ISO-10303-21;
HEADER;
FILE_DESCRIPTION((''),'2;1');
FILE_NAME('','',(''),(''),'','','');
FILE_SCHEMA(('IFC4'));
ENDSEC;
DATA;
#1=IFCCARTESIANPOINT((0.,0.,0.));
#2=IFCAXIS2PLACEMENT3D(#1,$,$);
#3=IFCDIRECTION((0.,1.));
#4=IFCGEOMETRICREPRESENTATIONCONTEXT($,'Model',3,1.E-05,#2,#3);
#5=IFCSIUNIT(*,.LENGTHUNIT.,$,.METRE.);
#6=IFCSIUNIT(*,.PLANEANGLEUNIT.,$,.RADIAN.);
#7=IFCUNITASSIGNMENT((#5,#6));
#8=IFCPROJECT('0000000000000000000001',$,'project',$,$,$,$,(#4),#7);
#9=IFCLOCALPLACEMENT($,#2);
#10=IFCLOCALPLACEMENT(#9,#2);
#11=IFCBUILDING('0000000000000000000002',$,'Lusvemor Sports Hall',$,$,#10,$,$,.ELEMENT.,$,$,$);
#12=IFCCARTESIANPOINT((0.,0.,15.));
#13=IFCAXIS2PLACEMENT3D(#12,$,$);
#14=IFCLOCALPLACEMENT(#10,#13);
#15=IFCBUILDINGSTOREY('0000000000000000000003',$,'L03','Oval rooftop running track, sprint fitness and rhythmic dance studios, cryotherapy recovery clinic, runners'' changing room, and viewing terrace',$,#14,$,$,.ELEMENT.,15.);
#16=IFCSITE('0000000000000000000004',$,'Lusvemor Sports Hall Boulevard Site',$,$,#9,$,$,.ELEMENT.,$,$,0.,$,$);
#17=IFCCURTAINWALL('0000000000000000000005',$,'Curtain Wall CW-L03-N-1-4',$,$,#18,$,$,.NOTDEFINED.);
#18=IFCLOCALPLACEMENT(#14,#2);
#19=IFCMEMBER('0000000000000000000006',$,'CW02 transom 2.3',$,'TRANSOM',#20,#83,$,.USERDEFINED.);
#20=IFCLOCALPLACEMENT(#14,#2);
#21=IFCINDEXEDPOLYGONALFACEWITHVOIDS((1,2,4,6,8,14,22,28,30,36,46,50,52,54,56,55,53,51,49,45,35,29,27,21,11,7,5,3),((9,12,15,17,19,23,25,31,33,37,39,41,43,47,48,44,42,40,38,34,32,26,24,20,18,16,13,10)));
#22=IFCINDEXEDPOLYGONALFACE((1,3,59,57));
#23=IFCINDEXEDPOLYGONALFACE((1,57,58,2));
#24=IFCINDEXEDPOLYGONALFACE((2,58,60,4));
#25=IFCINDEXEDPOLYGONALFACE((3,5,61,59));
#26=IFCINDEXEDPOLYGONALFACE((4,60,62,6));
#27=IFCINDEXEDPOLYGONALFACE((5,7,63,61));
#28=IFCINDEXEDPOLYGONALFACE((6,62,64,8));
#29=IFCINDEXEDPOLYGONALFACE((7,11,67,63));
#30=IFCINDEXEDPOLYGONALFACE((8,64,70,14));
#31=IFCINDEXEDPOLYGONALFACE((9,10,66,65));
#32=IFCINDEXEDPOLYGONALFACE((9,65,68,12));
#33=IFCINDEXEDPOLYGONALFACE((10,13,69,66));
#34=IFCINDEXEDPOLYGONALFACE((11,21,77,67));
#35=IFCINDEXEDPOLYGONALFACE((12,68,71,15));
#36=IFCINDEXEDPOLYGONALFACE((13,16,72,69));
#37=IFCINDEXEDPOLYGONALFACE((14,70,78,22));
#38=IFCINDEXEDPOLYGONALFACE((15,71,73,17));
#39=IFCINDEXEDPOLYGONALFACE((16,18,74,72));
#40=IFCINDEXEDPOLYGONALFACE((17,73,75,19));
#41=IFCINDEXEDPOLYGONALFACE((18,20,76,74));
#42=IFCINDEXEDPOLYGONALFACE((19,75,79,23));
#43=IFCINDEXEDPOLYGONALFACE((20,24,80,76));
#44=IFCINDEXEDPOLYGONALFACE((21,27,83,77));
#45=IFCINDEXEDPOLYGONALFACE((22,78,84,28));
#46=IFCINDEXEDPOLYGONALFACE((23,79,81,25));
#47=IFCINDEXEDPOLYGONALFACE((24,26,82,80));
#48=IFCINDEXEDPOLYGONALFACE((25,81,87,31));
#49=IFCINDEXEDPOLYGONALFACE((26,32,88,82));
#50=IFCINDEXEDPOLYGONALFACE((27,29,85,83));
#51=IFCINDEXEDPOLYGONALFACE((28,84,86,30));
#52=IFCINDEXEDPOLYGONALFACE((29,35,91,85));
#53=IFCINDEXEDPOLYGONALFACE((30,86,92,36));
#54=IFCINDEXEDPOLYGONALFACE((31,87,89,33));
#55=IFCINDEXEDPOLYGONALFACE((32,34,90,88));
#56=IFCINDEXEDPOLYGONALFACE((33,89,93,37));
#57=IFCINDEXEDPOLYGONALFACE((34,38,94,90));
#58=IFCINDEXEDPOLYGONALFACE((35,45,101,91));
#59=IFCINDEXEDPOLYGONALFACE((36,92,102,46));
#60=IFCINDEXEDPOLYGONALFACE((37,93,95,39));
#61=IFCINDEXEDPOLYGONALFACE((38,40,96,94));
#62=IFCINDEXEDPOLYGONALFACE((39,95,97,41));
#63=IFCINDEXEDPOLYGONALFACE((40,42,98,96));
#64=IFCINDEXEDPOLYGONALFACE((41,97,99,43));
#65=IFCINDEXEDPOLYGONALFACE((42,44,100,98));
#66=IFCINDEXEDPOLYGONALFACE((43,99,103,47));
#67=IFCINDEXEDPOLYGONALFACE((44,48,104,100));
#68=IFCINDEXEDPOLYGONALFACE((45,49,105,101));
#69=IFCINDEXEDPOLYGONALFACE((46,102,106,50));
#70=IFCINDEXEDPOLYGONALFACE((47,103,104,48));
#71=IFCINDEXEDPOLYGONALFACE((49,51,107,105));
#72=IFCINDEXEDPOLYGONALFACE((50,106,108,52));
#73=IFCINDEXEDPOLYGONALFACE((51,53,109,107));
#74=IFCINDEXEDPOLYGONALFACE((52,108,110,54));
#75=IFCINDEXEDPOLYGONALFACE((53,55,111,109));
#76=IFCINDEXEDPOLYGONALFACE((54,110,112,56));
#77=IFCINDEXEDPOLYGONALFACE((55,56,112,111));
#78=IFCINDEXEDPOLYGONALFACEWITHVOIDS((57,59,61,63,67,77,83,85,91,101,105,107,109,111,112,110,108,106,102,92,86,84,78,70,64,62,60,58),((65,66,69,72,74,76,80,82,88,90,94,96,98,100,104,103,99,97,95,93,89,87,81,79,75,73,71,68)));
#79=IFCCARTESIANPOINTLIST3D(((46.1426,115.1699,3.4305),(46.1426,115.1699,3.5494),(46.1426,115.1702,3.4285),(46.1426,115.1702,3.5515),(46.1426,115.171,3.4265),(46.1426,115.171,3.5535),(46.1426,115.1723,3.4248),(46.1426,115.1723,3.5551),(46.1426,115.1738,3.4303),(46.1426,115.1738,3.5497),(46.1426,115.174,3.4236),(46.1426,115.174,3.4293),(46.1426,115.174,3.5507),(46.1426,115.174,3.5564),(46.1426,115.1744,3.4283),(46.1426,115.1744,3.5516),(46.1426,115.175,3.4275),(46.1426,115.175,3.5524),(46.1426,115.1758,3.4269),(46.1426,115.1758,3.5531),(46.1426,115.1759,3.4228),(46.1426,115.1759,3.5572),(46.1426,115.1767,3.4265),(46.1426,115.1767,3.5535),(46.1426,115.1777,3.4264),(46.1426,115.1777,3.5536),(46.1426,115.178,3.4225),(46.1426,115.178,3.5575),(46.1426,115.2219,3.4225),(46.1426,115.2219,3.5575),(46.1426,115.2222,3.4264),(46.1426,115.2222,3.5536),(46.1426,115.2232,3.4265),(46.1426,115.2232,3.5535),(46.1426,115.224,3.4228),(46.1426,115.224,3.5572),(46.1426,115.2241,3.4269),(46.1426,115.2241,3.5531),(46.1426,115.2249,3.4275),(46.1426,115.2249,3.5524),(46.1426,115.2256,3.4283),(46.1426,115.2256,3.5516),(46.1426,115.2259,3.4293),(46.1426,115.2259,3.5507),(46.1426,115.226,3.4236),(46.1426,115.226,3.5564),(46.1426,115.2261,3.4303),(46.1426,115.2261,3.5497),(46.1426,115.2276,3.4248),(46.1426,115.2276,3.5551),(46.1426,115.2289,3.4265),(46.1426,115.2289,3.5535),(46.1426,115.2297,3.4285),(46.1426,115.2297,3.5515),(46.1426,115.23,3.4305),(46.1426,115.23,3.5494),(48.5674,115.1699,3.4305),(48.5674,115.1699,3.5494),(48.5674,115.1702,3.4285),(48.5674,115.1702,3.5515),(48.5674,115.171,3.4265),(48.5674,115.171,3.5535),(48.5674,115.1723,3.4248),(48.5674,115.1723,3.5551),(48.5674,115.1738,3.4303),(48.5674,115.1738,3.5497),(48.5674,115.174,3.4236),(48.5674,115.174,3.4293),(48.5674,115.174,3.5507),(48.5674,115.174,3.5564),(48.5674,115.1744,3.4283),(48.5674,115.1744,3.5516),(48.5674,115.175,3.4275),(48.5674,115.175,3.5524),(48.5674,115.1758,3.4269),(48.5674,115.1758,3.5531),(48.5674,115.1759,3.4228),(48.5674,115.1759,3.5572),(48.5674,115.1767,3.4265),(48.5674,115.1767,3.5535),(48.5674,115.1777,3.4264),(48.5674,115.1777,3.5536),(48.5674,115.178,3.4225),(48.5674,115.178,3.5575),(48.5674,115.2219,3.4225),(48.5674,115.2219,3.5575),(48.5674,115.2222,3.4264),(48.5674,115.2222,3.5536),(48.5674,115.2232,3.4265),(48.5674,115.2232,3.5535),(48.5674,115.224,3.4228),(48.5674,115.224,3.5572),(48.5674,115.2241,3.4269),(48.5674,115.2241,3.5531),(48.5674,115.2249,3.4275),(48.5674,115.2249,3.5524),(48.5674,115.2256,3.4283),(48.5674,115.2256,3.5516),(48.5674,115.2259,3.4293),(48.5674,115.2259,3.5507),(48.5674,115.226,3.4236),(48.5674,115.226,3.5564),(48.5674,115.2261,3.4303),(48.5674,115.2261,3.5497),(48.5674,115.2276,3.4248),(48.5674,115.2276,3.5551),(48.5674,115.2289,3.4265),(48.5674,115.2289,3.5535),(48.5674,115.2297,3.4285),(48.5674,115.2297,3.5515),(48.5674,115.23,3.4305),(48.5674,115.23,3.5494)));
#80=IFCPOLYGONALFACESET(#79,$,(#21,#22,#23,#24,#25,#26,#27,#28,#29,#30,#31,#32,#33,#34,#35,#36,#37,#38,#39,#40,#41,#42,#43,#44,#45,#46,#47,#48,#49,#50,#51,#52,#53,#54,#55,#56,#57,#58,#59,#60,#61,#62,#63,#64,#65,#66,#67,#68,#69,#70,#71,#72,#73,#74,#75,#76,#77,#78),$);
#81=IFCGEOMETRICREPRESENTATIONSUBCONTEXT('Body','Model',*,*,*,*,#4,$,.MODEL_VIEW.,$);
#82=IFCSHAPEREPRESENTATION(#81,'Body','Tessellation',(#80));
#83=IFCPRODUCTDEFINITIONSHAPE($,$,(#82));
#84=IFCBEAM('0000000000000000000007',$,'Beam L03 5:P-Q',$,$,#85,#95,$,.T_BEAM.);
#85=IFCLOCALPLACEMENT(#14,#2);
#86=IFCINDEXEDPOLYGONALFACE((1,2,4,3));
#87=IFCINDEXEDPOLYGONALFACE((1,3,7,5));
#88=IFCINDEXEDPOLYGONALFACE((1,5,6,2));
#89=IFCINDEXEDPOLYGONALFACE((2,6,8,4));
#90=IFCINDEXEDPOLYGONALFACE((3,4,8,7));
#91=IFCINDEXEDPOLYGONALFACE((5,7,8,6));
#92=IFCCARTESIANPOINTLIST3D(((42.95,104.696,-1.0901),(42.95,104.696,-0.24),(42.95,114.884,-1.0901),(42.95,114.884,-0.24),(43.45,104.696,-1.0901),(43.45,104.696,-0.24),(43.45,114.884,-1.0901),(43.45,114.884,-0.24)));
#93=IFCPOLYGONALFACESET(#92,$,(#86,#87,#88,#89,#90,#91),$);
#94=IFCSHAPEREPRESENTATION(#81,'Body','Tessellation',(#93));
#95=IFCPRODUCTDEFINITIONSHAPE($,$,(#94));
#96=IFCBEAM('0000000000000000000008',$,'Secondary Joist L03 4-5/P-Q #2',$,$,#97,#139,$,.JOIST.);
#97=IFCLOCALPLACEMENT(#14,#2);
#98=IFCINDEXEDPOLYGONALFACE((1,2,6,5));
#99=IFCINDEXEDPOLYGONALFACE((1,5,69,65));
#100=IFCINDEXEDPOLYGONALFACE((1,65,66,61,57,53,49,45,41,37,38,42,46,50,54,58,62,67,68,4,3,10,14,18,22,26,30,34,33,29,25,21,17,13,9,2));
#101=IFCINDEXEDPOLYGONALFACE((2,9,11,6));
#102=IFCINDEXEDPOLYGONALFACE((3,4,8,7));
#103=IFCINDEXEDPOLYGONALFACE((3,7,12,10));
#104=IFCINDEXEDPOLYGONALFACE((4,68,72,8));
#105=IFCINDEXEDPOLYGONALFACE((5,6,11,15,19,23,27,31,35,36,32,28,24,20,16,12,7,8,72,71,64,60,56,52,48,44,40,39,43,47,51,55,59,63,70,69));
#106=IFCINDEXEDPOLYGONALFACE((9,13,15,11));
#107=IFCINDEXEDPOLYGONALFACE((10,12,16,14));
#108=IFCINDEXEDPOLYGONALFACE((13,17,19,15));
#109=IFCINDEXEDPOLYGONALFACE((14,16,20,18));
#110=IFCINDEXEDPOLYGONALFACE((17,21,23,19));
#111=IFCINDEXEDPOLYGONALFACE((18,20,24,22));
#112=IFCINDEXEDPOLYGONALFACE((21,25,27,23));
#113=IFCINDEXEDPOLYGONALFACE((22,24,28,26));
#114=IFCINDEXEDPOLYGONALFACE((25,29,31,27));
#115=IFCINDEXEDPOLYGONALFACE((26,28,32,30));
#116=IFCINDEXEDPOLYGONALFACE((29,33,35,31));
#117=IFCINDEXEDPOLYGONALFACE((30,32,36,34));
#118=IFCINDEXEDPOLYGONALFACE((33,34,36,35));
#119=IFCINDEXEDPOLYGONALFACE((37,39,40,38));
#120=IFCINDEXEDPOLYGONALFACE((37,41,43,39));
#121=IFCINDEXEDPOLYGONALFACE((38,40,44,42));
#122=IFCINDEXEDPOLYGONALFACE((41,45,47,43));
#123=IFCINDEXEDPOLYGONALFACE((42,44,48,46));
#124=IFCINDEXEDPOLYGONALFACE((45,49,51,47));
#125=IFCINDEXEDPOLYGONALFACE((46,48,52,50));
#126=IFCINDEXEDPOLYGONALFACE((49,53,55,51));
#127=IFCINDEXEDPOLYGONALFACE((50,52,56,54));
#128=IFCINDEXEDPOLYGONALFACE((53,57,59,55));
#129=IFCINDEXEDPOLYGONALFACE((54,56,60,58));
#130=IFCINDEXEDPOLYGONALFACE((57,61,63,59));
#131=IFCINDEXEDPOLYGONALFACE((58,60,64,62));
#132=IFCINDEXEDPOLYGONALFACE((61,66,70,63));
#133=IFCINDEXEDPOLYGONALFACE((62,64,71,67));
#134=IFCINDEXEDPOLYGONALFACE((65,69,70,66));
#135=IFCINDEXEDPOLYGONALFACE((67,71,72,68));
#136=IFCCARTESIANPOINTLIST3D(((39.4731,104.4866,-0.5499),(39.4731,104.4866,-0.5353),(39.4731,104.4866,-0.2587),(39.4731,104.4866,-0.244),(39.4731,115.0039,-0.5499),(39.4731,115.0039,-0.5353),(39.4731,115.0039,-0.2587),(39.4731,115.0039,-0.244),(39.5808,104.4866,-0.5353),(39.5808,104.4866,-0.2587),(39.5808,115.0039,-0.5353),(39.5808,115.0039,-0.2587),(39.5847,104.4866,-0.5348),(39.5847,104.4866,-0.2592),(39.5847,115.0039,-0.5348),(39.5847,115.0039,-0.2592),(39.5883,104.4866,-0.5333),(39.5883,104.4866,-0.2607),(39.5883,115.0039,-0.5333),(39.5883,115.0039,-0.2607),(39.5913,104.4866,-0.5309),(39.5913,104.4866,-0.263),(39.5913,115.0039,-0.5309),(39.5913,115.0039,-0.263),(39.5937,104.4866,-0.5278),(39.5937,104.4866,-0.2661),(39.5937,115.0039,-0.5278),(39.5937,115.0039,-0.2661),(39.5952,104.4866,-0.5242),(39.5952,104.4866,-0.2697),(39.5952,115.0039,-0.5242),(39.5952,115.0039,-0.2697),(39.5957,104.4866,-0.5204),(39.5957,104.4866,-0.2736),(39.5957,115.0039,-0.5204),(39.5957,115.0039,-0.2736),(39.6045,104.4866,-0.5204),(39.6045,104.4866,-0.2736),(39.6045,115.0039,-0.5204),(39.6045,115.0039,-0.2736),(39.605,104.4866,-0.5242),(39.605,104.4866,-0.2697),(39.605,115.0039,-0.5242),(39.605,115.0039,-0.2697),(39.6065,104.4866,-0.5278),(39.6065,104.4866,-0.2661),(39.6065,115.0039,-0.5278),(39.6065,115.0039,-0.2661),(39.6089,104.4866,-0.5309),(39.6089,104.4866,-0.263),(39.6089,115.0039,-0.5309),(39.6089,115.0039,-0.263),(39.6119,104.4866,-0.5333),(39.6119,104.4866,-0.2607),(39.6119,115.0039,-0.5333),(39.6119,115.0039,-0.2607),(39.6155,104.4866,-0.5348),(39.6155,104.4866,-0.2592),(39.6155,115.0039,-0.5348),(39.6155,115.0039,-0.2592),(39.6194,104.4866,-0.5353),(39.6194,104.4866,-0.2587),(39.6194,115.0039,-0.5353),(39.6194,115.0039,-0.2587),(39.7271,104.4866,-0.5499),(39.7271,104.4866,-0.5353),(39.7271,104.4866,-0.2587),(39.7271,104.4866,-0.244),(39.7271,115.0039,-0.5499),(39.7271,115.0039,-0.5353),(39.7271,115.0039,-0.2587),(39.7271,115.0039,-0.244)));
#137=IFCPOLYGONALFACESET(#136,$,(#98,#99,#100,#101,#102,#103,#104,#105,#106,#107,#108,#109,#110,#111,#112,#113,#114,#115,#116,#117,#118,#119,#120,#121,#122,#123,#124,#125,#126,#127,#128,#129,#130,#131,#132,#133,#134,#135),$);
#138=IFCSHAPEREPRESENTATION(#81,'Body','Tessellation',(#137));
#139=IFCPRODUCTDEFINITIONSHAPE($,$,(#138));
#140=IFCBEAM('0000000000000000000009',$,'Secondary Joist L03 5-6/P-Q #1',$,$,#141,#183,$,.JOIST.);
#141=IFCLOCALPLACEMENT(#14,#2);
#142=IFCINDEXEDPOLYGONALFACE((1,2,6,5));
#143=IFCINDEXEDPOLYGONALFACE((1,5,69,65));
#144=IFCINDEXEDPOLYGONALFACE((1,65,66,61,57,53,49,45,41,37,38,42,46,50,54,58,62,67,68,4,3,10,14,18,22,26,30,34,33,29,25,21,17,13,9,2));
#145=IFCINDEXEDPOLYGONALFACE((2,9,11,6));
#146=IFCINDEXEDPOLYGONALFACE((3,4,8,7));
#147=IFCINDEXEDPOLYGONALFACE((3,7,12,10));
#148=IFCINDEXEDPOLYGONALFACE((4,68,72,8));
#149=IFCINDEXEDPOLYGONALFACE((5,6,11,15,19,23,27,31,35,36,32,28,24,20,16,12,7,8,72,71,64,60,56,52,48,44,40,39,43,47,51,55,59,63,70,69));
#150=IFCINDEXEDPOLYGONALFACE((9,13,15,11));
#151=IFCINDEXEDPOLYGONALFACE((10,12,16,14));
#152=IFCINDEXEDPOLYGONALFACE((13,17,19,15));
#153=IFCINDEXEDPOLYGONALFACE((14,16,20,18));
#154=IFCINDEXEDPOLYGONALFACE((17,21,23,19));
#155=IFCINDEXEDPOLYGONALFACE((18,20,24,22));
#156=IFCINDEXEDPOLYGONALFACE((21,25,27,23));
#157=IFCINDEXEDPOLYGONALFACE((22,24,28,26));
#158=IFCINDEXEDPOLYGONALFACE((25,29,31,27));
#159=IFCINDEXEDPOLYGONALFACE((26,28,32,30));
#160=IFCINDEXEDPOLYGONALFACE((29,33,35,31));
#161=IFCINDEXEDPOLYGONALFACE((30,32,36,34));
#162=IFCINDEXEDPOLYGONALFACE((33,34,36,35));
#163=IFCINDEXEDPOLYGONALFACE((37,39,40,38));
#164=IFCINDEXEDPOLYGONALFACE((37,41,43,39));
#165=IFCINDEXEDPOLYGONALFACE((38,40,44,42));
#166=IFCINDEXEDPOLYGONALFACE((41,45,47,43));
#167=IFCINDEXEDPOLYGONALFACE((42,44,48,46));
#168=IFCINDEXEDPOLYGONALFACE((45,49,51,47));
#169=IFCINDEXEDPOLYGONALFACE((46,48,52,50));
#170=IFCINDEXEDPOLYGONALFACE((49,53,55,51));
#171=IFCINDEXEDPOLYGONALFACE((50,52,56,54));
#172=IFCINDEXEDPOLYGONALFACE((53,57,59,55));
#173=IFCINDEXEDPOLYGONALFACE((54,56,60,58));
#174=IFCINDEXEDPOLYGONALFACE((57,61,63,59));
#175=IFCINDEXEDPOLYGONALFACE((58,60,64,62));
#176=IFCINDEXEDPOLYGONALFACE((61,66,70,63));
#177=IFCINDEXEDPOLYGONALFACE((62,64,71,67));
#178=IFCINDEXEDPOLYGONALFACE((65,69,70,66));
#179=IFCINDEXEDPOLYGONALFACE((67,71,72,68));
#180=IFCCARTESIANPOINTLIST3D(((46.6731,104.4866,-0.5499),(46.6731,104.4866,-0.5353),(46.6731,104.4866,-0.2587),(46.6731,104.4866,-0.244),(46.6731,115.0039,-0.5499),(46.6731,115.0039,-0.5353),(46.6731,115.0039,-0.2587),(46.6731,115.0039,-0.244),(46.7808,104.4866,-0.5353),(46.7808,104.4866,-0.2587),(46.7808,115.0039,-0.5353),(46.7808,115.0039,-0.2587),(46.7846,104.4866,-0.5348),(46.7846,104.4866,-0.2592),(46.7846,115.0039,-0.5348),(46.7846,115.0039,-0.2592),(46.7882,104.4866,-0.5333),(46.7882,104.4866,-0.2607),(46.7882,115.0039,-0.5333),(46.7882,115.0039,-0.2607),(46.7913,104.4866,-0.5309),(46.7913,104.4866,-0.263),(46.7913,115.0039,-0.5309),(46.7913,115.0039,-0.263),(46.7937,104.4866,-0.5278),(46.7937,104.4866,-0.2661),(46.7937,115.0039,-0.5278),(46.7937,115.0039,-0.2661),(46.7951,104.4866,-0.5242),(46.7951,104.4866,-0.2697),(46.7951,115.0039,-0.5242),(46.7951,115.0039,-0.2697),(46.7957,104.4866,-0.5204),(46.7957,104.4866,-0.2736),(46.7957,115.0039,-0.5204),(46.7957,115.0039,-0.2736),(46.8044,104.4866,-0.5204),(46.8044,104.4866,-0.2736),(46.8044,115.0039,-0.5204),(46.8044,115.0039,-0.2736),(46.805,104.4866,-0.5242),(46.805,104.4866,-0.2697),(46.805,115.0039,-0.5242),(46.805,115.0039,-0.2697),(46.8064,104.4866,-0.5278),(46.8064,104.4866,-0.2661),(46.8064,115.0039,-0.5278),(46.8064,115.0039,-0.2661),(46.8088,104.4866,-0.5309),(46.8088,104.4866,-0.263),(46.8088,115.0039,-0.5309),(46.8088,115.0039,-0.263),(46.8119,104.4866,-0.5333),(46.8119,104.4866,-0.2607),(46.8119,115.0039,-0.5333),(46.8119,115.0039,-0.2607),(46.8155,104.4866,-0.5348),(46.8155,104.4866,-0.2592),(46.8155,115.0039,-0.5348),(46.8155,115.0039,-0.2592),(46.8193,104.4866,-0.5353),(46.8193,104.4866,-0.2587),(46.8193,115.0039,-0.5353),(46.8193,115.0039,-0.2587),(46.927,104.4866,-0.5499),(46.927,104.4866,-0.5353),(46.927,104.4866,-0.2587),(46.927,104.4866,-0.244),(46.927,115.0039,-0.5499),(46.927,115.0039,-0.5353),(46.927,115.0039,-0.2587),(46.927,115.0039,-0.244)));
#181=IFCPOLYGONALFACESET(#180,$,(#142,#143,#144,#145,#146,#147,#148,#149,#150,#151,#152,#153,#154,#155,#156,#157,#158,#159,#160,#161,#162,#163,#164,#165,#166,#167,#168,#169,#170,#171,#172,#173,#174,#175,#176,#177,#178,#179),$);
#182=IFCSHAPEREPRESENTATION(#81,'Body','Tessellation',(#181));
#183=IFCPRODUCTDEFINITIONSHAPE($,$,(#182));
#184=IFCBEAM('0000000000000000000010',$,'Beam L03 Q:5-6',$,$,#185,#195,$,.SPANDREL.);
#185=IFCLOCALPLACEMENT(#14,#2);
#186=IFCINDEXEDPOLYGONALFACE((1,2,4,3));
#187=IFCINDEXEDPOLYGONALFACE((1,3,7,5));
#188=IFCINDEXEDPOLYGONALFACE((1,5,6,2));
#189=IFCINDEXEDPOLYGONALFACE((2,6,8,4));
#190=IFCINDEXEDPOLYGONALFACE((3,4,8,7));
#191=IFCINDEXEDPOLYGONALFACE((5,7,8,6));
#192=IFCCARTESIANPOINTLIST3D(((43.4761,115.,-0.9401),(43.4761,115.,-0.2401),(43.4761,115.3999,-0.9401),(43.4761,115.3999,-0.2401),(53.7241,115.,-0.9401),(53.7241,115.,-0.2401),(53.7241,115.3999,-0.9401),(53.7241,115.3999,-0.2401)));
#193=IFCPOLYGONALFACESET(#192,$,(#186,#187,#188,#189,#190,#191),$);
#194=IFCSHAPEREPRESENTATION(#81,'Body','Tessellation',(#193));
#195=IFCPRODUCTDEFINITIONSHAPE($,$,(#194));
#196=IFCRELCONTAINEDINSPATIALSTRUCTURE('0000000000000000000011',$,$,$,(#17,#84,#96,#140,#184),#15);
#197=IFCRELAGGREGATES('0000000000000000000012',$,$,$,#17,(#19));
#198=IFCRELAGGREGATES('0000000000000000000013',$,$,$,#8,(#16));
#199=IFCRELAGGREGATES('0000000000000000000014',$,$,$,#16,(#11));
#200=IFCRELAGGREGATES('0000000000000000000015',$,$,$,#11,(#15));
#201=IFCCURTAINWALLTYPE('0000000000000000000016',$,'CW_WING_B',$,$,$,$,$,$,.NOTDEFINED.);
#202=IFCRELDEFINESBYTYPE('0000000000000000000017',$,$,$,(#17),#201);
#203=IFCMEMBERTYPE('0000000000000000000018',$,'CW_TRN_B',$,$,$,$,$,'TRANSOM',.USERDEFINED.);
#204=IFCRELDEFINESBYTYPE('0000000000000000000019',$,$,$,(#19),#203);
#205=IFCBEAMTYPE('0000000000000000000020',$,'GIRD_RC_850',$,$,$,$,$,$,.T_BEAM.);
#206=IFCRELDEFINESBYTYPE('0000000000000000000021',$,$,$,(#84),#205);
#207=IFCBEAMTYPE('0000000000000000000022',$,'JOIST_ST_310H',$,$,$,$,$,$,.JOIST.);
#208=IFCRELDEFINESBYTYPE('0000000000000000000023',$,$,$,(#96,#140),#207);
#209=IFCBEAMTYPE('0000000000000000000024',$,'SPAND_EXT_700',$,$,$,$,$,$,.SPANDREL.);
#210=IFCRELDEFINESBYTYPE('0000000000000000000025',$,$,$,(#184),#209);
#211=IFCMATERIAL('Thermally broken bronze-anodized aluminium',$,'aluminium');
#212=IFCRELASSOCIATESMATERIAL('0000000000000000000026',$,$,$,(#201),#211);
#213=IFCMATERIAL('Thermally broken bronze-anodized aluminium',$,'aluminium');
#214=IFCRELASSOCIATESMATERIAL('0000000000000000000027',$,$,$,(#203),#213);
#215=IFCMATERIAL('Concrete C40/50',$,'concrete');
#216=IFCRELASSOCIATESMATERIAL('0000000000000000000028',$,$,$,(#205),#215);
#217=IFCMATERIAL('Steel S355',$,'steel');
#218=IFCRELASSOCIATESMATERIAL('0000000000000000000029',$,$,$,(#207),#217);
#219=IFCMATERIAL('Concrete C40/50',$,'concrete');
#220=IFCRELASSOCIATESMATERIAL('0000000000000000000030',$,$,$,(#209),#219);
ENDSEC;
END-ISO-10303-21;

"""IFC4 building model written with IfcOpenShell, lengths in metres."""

from ifc_helpers import new_model, si_unit, direction, frame, origin, origin_2d, place, context, subcontext, project, spatial, rectangle, hollow_rectangle, i_section, extrude, material, material_profile, profile_set, type_object, element, aggregate, save


model = new_model("IFC4")

# Units and contexts
model_context = context("Model", 3, precision=1e-05, world=origin(), true_north=direction((0.0, 1.0)))
body_context = subcontext(model_context, "Body", "Model", "MODEL_VIEW")
ifc_project = project(units=[si_unit("LENGTHUNIT", "METRE"), si_unit("PLANEANGLEUNIT", "RADIAN")], contexts=[model_context])

# Site, building, storey
site_placement = place(None, origin())
site = spatial("IfcSite", under=ifc_project, at=site_placement, Name="Lusvemor Sports Hall Boulevard Site", CompositionType="ELEMENT", RefElevation=0.0)
building_placement = place(site_placement, origin())
building = spatial("IfcBuilding", under=site, at=building_placement, Name="Lusvemor Sports Hall", CompositionType="ELEMENT")
storey_placement = place(building_placement, frame((0.0, 0.0, 15.0)))
storey = spatial("IfcBuildingStorey", under=building, at=storey_placement, Name="L03", Description="Oval rooftop running track, sprint fitness and rhythmic dance studios, cryotherapy recovery clinic, runners' changing room, and viewing terrace", CompositionType="ELEMENT", Elevation=15.0)

# Curtain wall
ifc_material_1 = material(Name="Thermally broken bronze-anodized aluminium", Category="aluminium")
curtain_wall_type = type_object("IfcCurtainWallType", Name="CW_WING_B", PredefinedType="NOTDEFINED", material=ifc_material_1)
curtain_wall_1_placement = place(storey_placement, origin())
curtain_wall_1 = element("IfcCurtainWall", 1, at=curtain_wall_1_placement, inside=storey, type_object=curtain_wall_type, Name="Curtain Wall CW-L03-N-1-4", PredefinedType="NOTDEFINED")

# Member
ifc_material_2 = material(Name="Thermally broken bronze-anodized aluminium", Category="aluminium")
ifc_material_profile_1 = material_profile(ifc_material_2, hollow_rectangle(XDim=0.0601, YDim=0.135, WallThickness=0.0039, InnerFilletRadius=0.0039, OuterFilletRadius=0.0081, at=origin_2d()), Name="CWTRN135x60x4")
ifc_profile_set_1 = profile_set([ifc_material_profile_1], Name="Thermally broken bronze-anodized aluminium")
member_type_1 = type_object("IfcMemberType", Name="CW_TRN_B", ElementType="TRANSOM", PredefinedType="USERDEFINED", material=ifc_profile_set_1)
member_1_placement = place(storey_placement, frame((46.1426, 115.2, 3.49), z_axis=(1.0, 0.0, 0.0), x_axis=(0.0, 1.0, 0.0)))
member_1 = element("IfcMember", 2, at=member_1_placement, type_object=member_type_1, Name="CW02 transom 2.3", ObjectType="TRANSOM", PredefinedType="USERDEFINED", context=body_context, shape_type="SweptSolid", body=[
    extrude(hollow_rectangle(XDim=0.0601, YDim=0.135, WallThickness=0.0039, InnerFilletRadius=0.0039, OuterFilletRadius=0.0081, at=origin_2d()), origin(), (0.0, 0.0, 1.0), 2.4248),
])

# Beams
ifc_material_3 = material(Name="Concrete C40/50", Category="concrete")
ifc_material_profile_2 = material_profile(ifc_material_3, rectangle(XDim=0.5, YDim=0.8501, at=origin_2d()), Name="RC500x850")
ifc_profile_set_2 = profile_set([ifc_material_profile_2], Name="Concrete C40/50")
beam_type_1 = type_object("IfcBeamType", Name="GIRD_RC_850", PredefinedType="T_BEAM", material=ifc_profile_set_2)
beam_1_placement = place(storey_placement, frame((43.2, 104.696, -0.665), z_axis=(0.0, 1.0, 0.0), x_axis=(-1.0, 0.0, 0.0)))
element("IfcBeam", 3, at=beam_1_placement, inside=storey, type_object=beam_type_1, Name="Beam L03 5:P-Q", PredefinedType="T_BEAM", context=body_context, shape_type="SweptSolid", body=[
    extrude(rectangle(XDim=0.5, YDim=0.8501, at=origin_2d()), origin(), (0.0, 0.0, 1.0), 10.188),
])
ifc_material_4 = material(Name="Steel S355", Category="steel")
ifc_material_profile_3 = material_profile(ifc_material_4, i_section(OverallWidth=0.2539, OverallDepth=0.3059, WebThickness=0.0088, FlangeThickness=0.0146, FilletRadius=0.0149, at=origin_2d()), Name="W310x79.0")
ifc_profile_set_3 = profile_set([ifc_material_profile_3], Name="Steel S355")
beam_type_2 = type_object("IfcBeamType", Name="JOIST_ST_310H", PredefinedType="JOIST", material=ifc_profile_set_3)
for number, where, z_axis, x_axis, name in (
    (4, (39.6001, 104.4866, -0.397), (0.0, 1.0, 0.0), (-1.0, 0.0, 0.0), "Secondary Joist L03 4-5/P-Q #2"),
    (5, (46.8, 104.4866, -0.397), (0.0, 1.0, 0.0), (-1.0, 0.0, 0.0), "Secondary Joist L03 5-6/P-Q #1"),
):
    element("IfcBeam", number, at=place(storey_placement, frame(where, z_axis=z_axis, x_axis=x_axis)), inside=storey, type_object=beam_type_2, Name=name, PredefinedType="JOIST", context=body_context, shape_type="SweptSolid", body=[
        extrude(i_section(OverallWidth=0.2539, OverallDepth=0.3059, WebThickness=0.0088, FlangeThickness=0.0146, FilletRadius=0.0149, at=origin_2d()), origin(), (0.0, 0.0, 1.0), 10.5173),
    ])
ifc_material_5 = material(Name="Concrete C40/50", Category="concrete")
ifc_material_profile_4 = material_profile(ifc_material_5, rectangle(XDim=0.3999, YDim=0.7, at=origin_2d()), Name="RC400x700")
ifc_profile_set_4 = profile_set([ifc_material_profile_4], Name="Concrete C40/50")
beam_type_3 = type_object("IfcBeamType", Name="SPAND_EXT_700", PredefinedType="SPANDREL", material=ifc_profile_set_4)
beam_2_placement = place(storey_placement, frame((43.4761, 115.2, -0.5901), z_axis=(1.0, 0.0, 0.0), x_axis=(0.0, 1.0, 0.0)))
element("IfcBeam", 6, at=beam_2_placement, inside=storey, type_object=beam_type_3, Name="Beam L03 Q:5-6", PredefinedType="SPANDREL", context=body_context, shape_type="SweptSolid", body=[
    extrude(rectangle(XDim=0.3999, YDim=0.7, at=origin_2d()), origin(), (0.0, 0.0, 1.0), 10.248),
])

aggregate(curtain_wall_1, [member_1])

save(model, "model.ifc")
